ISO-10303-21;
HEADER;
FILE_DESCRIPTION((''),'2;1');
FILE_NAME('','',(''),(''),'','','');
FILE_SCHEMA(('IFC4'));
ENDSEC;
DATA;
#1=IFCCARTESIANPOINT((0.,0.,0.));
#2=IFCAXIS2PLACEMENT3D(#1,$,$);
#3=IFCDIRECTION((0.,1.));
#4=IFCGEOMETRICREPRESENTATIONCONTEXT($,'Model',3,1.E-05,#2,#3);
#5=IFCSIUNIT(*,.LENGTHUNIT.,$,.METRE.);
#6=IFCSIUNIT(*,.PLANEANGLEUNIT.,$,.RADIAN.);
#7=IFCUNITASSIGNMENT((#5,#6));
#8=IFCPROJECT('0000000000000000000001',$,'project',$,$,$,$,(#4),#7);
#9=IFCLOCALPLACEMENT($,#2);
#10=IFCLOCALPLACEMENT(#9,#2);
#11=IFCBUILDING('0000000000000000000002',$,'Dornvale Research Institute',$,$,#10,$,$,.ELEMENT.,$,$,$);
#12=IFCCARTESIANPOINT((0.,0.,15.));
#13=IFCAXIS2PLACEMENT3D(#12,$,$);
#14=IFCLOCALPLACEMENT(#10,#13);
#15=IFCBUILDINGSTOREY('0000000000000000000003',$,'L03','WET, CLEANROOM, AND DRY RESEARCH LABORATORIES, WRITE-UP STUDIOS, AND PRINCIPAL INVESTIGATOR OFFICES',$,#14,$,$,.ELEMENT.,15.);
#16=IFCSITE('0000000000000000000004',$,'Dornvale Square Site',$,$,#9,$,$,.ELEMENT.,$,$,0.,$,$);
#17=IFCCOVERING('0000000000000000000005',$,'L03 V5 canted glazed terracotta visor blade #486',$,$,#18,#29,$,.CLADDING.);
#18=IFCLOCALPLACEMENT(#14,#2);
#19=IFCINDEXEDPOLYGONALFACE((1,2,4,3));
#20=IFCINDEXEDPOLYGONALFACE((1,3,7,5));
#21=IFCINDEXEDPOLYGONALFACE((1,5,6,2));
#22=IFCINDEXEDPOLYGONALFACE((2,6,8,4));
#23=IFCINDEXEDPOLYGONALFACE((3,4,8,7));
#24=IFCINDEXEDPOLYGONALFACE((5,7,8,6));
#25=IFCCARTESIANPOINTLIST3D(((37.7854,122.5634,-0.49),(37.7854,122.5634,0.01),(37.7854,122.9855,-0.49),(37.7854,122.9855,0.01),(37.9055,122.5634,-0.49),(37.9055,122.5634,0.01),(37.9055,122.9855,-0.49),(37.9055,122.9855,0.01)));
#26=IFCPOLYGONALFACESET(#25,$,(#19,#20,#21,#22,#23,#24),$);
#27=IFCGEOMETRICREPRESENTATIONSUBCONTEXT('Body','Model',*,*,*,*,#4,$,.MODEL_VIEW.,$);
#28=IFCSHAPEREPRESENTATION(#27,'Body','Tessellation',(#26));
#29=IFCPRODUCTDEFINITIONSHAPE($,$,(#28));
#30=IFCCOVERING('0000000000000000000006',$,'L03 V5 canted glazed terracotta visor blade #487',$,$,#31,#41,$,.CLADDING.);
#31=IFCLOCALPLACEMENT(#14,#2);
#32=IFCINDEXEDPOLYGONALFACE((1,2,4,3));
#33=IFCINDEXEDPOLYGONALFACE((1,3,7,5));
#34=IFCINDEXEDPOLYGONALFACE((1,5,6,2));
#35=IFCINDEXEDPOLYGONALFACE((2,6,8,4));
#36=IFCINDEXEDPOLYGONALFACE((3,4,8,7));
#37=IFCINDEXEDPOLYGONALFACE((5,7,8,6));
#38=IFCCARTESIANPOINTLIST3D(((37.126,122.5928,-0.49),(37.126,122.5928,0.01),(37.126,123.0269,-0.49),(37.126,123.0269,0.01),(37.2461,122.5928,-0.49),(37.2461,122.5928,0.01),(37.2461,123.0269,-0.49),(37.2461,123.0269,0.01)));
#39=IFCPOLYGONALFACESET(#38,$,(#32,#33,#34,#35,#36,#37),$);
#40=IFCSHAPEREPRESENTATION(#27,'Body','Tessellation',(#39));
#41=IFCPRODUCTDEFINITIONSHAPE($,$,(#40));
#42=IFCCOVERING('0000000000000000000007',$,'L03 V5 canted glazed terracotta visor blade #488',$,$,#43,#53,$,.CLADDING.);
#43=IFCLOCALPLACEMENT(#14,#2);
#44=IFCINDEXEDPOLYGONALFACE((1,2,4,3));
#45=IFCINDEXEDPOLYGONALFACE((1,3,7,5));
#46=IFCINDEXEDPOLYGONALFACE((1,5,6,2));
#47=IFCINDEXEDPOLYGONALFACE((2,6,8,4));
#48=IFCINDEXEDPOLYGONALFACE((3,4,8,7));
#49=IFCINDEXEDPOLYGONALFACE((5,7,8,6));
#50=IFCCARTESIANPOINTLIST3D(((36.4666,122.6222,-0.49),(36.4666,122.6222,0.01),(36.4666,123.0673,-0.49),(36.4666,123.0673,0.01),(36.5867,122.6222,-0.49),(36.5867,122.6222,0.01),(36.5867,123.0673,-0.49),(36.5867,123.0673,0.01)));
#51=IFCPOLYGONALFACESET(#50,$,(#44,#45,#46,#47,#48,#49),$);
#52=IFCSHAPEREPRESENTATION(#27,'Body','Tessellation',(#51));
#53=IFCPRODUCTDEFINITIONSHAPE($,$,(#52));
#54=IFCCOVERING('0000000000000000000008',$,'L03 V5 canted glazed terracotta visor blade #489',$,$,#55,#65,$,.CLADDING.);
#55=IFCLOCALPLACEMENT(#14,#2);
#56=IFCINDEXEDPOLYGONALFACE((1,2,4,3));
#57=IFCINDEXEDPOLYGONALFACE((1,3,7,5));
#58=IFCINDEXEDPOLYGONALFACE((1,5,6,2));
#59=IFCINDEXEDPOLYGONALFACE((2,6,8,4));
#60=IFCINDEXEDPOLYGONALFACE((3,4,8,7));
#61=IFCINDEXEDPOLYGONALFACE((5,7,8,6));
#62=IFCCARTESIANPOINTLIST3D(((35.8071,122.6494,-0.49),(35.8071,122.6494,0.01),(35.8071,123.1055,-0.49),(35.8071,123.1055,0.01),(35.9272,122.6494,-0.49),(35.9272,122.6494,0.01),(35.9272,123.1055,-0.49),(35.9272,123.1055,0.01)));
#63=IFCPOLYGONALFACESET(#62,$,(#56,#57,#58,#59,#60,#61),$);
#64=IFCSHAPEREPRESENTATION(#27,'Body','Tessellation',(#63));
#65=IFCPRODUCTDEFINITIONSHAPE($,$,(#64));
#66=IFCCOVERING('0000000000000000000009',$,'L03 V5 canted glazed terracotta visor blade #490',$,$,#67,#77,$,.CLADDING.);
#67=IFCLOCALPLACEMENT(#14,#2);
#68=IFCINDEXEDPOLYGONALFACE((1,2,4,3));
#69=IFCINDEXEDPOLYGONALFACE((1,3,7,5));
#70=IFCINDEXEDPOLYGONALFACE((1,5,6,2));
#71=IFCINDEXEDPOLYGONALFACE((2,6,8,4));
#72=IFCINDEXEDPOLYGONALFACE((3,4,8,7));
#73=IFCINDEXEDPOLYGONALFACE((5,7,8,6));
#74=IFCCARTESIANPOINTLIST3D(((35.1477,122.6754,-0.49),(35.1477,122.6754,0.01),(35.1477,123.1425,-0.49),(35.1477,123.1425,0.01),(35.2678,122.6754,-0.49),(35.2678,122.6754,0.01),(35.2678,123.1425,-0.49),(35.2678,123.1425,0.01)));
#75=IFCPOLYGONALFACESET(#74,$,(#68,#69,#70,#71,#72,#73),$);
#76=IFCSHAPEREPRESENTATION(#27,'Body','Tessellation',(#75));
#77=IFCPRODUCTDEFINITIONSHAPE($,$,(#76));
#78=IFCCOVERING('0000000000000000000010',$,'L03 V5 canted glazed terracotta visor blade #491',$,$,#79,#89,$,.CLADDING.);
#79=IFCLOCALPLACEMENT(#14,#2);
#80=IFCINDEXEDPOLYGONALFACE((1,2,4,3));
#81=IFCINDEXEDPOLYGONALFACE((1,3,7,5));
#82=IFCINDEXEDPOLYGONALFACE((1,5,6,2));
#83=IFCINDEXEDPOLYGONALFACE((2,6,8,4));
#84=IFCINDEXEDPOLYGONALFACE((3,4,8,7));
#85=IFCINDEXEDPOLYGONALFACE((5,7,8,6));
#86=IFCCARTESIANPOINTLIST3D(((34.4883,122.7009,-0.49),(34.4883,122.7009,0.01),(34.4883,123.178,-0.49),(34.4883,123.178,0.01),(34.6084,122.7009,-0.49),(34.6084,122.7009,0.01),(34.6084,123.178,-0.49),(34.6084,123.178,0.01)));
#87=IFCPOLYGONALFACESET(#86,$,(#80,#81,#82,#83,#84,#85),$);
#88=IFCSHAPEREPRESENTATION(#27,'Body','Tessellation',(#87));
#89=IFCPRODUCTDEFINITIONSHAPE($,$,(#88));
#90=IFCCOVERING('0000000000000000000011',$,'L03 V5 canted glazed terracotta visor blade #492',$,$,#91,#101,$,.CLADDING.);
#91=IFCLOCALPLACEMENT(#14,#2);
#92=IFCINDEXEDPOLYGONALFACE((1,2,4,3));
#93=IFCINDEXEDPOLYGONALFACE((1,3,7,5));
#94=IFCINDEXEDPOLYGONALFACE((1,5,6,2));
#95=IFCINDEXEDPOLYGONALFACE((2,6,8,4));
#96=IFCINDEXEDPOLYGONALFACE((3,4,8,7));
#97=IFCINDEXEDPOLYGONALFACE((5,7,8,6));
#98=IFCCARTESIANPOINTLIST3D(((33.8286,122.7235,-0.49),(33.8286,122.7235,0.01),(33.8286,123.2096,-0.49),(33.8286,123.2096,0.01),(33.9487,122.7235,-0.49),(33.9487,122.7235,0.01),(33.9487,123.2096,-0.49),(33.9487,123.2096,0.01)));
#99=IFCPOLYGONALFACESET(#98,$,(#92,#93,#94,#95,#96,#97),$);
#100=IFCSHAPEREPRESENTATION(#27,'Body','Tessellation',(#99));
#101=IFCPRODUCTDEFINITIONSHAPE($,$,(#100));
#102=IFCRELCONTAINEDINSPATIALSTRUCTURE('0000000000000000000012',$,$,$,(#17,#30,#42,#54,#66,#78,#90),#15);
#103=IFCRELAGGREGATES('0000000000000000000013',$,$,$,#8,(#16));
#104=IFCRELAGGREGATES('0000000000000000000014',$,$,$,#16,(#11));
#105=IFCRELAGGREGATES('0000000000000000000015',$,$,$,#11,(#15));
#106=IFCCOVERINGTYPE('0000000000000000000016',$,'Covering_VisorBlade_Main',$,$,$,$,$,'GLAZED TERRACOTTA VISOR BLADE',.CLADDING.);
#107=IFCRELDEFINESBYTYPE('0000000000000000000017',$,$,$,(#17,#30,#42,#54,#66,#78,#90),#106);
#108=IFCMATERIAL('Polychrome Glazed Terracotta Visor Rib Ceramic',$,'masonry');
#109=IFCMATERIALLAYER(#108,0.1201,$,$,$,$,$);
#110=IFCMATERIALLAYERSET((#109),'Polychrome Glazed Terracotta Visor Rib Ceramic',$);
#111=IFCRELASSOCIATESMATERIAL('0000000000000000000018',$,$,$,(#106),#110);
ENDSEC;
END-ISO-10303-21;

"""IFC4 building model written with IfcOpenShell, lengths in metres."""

from ifc_helpers import new_model, si_unit, direction, frame, origin, origin_2d, place, context, subcontext, project, spatial, rectangle, extrude, material, layer, layer_set, type_object, element, save


model = new_model("IFC4")

# Units and contexts
model_context = context("Model", 3, precision=1e-05, world=origin(), true_north=direction((0.0, 1.0)))
body_context = subcontext(model_context, "Body", "Model", "MODEL_VIEW")
ifc_project = project(units=[si_unit("LENGTHUNIT", "METRE"), si_unit("PLANEANGLEUNIT", "RADIAN")], contexts=[model_context])

# Site, building, storey
site_placement = place(None, origin())
site = spatial("IfcSite", under=ifc_project, at=site_placement, Name="Dornvale Square Site", CompositionType="ELEMENT", RefElevation=0.0)
building_placement = place(site_placement, origin())
building = spatial("IfcBuilding", under=site, at=building_placement, Name="Dornvale Research Institute", CompositionType="ELEMENT")
storey_placement = place(building_placement, frame((0.0, 0.0, 15.0)))
storey = spatial("IfcBuildingStorey", under=building, at=storey_placement, Name="L03", Description="WET, CLEANROOM, AND DRY RESEARCH LABORATORIES, WRITE-UP STUDIOS, AND PRINCIPAL INVESTIGATOR OFFICES", CompositionType="ELEMENT", Elevation=15.0)

# Coverings
ifc_material_1 = material(Name="Polychrome Glazed Terracotta Visor Rib Ceramic", Category="masonry")
ifc_layer_1 = layer(ifc_material_1, 0.1201)
ifc_layer_set_1 = layer_set([ifc_layer_1], Name="Polychrome Glazed Terracotta Visor Rib Ceramic")
covering_type = type_object("IfcCoveringType", Name="Covering_VisorBlade_Main", ElementType="GLAZED TERRACOTTA VISOR BLADE", PredefinedType="CLADDING", material=ifc_layer_set_1)
covering_1_placement = place(storey_placement, frame((37.8455, 122.7744, -0.49), z_axis=(0.0, 0.0, 1.0), x_axis=(0.0, 1.0, 0.0)))
element("IfcCovering", 1, at=covering_1_placement, inside=storey, type_object=covering_type, Name="L03 V5 canted glazed terracotta visor blade #486", PredefinedType="CLADDING", context=body_context, shape_type="SweptSolid", body=[
    extrude(rectangle(XDim=0.4221, YDim=0.1201, at=origin_2d()), origin(), (0.0, 0.0, 1.0), 0.5),
])
covering_2_placement = place(storey_placement, frame((37.186, 122.8098, -0.49), z_axis=(0.0, 0.0, 1.0), x_axis=(0.0, 1.0, 0.0)))
element("IfcCovering", 2, at=covering_2_placement, inside=storey, type_object=covering_type, Name="L03 V5 canted glazed terracotta visor blade #487", PredefinedType="CLADDING", context=body_context, shape_type="SweptSolid", body=[
    extrude(rectangle(XDim=0.4341, YDim=0.1201, at=origin_2d()), origin(), (0.0, 0.0, 1.0), 0.5),
])
covering_3_placement = place(storey_placement, frame((36.5266, 122.8447, -0.49), z_axis=(0.0, 0.0, 1.0), x_axis=(0.0, 1.0, 0.0)))
element("IfcCovering", 3, at=covering_3_placement, inside=storey, type_object=covering_type, Name="L03 V5 canted glazed terracotta visor blade #488", PredefinedType="CLADDING", context=body_context, shape_type="SweptSolid", body=[
    extrude(rectangle(XDim=0.4451, YDim=0.1201, at=origin_2d()), origin(), (0.0, 0.0, 1.0), 0.5),
])
covering_4_placement = place(storey_placement, frame((35.8672, 122.8774, -0.49), z_axis=(0.0, 0.0, 1.0), x_axis=(0.0, 1.0, 0.0)))
element("IfcCovering", 4, at=covering_4_placement, inside=storey, type_object=covering_type, Name="L03 V5 canted glazed terracotta visor blade #489", PredefinedType="CLADDING", context=body_context, shape_type="SweptSolid", body=[
    extrude(rectangle(XDim=0.4561, YDim=0.1201, at=origin_2d()), origin(), (0.0, 0.0, 1.0), 0.5),
])
covering_5_placement = place(storey_placement, frame((35.2078, 122.9089, -0.49), z_axis=(0.0, 0.0, 1.0), x_axis=(0.0, 1.0, 0.0)))
element("IfcCovering", 5, at=covering_5_placement, inside=storey, type_object=covering_type, Name="L03 V5 canted glazed terracotta visor blade #490", PredefinedType="CLADDING", context=body_context, shape_type="SweptSolid", body=[
    extrude(rectangle(XDim=0.467, YDim=0.1201, at=origin_2d()), origin(), (0.0, 0.0, 1.0), 0.5),
])
covering_6_placement = place(storey_placement, frame((34.5483, 122.9395, -0.49), z_axis=(0.0, 0.0, 1.0), x_axis=(0.0, 1.0, 0.0)))
element("IfcCovering", 6, at=covering_6_placement, inside=storey, type_object=covering_type, Name="L03 V5 canted glazed terracotta visor blade #491", PredefinedType="CLADDING", context=body_context, shape_type="SweptSolid", body=[
    extrude(rectangle(XDim=0.4771, YDim=0.1201, at=origin_2d()), origin(), (0.0, 0.0, 1.0), 0.5),
])
covering_7_placement = place(storey_placement, frame((33.8887, 122.9666, -0.49), z_axis=(0.0, 0.0, 1.0), x_axis=(0.0, 1.0, 0.0)))
element("IfcCovering", 7, at=covering_7_placement, inside=storey, type_object=covering_type, Name="L03 V5 canted glazed terracotta visor blade #492", PredefinedType="CLADDING", context=body_context, shape_type="SweptSolid", body=[
    extrude(rectangle(XDim=0.4861, YDim=0.1201, at=origin_2d()), origin(), (0.0, 0.0, 1.0), 0.5),
])

save(model, "model.ifc")
